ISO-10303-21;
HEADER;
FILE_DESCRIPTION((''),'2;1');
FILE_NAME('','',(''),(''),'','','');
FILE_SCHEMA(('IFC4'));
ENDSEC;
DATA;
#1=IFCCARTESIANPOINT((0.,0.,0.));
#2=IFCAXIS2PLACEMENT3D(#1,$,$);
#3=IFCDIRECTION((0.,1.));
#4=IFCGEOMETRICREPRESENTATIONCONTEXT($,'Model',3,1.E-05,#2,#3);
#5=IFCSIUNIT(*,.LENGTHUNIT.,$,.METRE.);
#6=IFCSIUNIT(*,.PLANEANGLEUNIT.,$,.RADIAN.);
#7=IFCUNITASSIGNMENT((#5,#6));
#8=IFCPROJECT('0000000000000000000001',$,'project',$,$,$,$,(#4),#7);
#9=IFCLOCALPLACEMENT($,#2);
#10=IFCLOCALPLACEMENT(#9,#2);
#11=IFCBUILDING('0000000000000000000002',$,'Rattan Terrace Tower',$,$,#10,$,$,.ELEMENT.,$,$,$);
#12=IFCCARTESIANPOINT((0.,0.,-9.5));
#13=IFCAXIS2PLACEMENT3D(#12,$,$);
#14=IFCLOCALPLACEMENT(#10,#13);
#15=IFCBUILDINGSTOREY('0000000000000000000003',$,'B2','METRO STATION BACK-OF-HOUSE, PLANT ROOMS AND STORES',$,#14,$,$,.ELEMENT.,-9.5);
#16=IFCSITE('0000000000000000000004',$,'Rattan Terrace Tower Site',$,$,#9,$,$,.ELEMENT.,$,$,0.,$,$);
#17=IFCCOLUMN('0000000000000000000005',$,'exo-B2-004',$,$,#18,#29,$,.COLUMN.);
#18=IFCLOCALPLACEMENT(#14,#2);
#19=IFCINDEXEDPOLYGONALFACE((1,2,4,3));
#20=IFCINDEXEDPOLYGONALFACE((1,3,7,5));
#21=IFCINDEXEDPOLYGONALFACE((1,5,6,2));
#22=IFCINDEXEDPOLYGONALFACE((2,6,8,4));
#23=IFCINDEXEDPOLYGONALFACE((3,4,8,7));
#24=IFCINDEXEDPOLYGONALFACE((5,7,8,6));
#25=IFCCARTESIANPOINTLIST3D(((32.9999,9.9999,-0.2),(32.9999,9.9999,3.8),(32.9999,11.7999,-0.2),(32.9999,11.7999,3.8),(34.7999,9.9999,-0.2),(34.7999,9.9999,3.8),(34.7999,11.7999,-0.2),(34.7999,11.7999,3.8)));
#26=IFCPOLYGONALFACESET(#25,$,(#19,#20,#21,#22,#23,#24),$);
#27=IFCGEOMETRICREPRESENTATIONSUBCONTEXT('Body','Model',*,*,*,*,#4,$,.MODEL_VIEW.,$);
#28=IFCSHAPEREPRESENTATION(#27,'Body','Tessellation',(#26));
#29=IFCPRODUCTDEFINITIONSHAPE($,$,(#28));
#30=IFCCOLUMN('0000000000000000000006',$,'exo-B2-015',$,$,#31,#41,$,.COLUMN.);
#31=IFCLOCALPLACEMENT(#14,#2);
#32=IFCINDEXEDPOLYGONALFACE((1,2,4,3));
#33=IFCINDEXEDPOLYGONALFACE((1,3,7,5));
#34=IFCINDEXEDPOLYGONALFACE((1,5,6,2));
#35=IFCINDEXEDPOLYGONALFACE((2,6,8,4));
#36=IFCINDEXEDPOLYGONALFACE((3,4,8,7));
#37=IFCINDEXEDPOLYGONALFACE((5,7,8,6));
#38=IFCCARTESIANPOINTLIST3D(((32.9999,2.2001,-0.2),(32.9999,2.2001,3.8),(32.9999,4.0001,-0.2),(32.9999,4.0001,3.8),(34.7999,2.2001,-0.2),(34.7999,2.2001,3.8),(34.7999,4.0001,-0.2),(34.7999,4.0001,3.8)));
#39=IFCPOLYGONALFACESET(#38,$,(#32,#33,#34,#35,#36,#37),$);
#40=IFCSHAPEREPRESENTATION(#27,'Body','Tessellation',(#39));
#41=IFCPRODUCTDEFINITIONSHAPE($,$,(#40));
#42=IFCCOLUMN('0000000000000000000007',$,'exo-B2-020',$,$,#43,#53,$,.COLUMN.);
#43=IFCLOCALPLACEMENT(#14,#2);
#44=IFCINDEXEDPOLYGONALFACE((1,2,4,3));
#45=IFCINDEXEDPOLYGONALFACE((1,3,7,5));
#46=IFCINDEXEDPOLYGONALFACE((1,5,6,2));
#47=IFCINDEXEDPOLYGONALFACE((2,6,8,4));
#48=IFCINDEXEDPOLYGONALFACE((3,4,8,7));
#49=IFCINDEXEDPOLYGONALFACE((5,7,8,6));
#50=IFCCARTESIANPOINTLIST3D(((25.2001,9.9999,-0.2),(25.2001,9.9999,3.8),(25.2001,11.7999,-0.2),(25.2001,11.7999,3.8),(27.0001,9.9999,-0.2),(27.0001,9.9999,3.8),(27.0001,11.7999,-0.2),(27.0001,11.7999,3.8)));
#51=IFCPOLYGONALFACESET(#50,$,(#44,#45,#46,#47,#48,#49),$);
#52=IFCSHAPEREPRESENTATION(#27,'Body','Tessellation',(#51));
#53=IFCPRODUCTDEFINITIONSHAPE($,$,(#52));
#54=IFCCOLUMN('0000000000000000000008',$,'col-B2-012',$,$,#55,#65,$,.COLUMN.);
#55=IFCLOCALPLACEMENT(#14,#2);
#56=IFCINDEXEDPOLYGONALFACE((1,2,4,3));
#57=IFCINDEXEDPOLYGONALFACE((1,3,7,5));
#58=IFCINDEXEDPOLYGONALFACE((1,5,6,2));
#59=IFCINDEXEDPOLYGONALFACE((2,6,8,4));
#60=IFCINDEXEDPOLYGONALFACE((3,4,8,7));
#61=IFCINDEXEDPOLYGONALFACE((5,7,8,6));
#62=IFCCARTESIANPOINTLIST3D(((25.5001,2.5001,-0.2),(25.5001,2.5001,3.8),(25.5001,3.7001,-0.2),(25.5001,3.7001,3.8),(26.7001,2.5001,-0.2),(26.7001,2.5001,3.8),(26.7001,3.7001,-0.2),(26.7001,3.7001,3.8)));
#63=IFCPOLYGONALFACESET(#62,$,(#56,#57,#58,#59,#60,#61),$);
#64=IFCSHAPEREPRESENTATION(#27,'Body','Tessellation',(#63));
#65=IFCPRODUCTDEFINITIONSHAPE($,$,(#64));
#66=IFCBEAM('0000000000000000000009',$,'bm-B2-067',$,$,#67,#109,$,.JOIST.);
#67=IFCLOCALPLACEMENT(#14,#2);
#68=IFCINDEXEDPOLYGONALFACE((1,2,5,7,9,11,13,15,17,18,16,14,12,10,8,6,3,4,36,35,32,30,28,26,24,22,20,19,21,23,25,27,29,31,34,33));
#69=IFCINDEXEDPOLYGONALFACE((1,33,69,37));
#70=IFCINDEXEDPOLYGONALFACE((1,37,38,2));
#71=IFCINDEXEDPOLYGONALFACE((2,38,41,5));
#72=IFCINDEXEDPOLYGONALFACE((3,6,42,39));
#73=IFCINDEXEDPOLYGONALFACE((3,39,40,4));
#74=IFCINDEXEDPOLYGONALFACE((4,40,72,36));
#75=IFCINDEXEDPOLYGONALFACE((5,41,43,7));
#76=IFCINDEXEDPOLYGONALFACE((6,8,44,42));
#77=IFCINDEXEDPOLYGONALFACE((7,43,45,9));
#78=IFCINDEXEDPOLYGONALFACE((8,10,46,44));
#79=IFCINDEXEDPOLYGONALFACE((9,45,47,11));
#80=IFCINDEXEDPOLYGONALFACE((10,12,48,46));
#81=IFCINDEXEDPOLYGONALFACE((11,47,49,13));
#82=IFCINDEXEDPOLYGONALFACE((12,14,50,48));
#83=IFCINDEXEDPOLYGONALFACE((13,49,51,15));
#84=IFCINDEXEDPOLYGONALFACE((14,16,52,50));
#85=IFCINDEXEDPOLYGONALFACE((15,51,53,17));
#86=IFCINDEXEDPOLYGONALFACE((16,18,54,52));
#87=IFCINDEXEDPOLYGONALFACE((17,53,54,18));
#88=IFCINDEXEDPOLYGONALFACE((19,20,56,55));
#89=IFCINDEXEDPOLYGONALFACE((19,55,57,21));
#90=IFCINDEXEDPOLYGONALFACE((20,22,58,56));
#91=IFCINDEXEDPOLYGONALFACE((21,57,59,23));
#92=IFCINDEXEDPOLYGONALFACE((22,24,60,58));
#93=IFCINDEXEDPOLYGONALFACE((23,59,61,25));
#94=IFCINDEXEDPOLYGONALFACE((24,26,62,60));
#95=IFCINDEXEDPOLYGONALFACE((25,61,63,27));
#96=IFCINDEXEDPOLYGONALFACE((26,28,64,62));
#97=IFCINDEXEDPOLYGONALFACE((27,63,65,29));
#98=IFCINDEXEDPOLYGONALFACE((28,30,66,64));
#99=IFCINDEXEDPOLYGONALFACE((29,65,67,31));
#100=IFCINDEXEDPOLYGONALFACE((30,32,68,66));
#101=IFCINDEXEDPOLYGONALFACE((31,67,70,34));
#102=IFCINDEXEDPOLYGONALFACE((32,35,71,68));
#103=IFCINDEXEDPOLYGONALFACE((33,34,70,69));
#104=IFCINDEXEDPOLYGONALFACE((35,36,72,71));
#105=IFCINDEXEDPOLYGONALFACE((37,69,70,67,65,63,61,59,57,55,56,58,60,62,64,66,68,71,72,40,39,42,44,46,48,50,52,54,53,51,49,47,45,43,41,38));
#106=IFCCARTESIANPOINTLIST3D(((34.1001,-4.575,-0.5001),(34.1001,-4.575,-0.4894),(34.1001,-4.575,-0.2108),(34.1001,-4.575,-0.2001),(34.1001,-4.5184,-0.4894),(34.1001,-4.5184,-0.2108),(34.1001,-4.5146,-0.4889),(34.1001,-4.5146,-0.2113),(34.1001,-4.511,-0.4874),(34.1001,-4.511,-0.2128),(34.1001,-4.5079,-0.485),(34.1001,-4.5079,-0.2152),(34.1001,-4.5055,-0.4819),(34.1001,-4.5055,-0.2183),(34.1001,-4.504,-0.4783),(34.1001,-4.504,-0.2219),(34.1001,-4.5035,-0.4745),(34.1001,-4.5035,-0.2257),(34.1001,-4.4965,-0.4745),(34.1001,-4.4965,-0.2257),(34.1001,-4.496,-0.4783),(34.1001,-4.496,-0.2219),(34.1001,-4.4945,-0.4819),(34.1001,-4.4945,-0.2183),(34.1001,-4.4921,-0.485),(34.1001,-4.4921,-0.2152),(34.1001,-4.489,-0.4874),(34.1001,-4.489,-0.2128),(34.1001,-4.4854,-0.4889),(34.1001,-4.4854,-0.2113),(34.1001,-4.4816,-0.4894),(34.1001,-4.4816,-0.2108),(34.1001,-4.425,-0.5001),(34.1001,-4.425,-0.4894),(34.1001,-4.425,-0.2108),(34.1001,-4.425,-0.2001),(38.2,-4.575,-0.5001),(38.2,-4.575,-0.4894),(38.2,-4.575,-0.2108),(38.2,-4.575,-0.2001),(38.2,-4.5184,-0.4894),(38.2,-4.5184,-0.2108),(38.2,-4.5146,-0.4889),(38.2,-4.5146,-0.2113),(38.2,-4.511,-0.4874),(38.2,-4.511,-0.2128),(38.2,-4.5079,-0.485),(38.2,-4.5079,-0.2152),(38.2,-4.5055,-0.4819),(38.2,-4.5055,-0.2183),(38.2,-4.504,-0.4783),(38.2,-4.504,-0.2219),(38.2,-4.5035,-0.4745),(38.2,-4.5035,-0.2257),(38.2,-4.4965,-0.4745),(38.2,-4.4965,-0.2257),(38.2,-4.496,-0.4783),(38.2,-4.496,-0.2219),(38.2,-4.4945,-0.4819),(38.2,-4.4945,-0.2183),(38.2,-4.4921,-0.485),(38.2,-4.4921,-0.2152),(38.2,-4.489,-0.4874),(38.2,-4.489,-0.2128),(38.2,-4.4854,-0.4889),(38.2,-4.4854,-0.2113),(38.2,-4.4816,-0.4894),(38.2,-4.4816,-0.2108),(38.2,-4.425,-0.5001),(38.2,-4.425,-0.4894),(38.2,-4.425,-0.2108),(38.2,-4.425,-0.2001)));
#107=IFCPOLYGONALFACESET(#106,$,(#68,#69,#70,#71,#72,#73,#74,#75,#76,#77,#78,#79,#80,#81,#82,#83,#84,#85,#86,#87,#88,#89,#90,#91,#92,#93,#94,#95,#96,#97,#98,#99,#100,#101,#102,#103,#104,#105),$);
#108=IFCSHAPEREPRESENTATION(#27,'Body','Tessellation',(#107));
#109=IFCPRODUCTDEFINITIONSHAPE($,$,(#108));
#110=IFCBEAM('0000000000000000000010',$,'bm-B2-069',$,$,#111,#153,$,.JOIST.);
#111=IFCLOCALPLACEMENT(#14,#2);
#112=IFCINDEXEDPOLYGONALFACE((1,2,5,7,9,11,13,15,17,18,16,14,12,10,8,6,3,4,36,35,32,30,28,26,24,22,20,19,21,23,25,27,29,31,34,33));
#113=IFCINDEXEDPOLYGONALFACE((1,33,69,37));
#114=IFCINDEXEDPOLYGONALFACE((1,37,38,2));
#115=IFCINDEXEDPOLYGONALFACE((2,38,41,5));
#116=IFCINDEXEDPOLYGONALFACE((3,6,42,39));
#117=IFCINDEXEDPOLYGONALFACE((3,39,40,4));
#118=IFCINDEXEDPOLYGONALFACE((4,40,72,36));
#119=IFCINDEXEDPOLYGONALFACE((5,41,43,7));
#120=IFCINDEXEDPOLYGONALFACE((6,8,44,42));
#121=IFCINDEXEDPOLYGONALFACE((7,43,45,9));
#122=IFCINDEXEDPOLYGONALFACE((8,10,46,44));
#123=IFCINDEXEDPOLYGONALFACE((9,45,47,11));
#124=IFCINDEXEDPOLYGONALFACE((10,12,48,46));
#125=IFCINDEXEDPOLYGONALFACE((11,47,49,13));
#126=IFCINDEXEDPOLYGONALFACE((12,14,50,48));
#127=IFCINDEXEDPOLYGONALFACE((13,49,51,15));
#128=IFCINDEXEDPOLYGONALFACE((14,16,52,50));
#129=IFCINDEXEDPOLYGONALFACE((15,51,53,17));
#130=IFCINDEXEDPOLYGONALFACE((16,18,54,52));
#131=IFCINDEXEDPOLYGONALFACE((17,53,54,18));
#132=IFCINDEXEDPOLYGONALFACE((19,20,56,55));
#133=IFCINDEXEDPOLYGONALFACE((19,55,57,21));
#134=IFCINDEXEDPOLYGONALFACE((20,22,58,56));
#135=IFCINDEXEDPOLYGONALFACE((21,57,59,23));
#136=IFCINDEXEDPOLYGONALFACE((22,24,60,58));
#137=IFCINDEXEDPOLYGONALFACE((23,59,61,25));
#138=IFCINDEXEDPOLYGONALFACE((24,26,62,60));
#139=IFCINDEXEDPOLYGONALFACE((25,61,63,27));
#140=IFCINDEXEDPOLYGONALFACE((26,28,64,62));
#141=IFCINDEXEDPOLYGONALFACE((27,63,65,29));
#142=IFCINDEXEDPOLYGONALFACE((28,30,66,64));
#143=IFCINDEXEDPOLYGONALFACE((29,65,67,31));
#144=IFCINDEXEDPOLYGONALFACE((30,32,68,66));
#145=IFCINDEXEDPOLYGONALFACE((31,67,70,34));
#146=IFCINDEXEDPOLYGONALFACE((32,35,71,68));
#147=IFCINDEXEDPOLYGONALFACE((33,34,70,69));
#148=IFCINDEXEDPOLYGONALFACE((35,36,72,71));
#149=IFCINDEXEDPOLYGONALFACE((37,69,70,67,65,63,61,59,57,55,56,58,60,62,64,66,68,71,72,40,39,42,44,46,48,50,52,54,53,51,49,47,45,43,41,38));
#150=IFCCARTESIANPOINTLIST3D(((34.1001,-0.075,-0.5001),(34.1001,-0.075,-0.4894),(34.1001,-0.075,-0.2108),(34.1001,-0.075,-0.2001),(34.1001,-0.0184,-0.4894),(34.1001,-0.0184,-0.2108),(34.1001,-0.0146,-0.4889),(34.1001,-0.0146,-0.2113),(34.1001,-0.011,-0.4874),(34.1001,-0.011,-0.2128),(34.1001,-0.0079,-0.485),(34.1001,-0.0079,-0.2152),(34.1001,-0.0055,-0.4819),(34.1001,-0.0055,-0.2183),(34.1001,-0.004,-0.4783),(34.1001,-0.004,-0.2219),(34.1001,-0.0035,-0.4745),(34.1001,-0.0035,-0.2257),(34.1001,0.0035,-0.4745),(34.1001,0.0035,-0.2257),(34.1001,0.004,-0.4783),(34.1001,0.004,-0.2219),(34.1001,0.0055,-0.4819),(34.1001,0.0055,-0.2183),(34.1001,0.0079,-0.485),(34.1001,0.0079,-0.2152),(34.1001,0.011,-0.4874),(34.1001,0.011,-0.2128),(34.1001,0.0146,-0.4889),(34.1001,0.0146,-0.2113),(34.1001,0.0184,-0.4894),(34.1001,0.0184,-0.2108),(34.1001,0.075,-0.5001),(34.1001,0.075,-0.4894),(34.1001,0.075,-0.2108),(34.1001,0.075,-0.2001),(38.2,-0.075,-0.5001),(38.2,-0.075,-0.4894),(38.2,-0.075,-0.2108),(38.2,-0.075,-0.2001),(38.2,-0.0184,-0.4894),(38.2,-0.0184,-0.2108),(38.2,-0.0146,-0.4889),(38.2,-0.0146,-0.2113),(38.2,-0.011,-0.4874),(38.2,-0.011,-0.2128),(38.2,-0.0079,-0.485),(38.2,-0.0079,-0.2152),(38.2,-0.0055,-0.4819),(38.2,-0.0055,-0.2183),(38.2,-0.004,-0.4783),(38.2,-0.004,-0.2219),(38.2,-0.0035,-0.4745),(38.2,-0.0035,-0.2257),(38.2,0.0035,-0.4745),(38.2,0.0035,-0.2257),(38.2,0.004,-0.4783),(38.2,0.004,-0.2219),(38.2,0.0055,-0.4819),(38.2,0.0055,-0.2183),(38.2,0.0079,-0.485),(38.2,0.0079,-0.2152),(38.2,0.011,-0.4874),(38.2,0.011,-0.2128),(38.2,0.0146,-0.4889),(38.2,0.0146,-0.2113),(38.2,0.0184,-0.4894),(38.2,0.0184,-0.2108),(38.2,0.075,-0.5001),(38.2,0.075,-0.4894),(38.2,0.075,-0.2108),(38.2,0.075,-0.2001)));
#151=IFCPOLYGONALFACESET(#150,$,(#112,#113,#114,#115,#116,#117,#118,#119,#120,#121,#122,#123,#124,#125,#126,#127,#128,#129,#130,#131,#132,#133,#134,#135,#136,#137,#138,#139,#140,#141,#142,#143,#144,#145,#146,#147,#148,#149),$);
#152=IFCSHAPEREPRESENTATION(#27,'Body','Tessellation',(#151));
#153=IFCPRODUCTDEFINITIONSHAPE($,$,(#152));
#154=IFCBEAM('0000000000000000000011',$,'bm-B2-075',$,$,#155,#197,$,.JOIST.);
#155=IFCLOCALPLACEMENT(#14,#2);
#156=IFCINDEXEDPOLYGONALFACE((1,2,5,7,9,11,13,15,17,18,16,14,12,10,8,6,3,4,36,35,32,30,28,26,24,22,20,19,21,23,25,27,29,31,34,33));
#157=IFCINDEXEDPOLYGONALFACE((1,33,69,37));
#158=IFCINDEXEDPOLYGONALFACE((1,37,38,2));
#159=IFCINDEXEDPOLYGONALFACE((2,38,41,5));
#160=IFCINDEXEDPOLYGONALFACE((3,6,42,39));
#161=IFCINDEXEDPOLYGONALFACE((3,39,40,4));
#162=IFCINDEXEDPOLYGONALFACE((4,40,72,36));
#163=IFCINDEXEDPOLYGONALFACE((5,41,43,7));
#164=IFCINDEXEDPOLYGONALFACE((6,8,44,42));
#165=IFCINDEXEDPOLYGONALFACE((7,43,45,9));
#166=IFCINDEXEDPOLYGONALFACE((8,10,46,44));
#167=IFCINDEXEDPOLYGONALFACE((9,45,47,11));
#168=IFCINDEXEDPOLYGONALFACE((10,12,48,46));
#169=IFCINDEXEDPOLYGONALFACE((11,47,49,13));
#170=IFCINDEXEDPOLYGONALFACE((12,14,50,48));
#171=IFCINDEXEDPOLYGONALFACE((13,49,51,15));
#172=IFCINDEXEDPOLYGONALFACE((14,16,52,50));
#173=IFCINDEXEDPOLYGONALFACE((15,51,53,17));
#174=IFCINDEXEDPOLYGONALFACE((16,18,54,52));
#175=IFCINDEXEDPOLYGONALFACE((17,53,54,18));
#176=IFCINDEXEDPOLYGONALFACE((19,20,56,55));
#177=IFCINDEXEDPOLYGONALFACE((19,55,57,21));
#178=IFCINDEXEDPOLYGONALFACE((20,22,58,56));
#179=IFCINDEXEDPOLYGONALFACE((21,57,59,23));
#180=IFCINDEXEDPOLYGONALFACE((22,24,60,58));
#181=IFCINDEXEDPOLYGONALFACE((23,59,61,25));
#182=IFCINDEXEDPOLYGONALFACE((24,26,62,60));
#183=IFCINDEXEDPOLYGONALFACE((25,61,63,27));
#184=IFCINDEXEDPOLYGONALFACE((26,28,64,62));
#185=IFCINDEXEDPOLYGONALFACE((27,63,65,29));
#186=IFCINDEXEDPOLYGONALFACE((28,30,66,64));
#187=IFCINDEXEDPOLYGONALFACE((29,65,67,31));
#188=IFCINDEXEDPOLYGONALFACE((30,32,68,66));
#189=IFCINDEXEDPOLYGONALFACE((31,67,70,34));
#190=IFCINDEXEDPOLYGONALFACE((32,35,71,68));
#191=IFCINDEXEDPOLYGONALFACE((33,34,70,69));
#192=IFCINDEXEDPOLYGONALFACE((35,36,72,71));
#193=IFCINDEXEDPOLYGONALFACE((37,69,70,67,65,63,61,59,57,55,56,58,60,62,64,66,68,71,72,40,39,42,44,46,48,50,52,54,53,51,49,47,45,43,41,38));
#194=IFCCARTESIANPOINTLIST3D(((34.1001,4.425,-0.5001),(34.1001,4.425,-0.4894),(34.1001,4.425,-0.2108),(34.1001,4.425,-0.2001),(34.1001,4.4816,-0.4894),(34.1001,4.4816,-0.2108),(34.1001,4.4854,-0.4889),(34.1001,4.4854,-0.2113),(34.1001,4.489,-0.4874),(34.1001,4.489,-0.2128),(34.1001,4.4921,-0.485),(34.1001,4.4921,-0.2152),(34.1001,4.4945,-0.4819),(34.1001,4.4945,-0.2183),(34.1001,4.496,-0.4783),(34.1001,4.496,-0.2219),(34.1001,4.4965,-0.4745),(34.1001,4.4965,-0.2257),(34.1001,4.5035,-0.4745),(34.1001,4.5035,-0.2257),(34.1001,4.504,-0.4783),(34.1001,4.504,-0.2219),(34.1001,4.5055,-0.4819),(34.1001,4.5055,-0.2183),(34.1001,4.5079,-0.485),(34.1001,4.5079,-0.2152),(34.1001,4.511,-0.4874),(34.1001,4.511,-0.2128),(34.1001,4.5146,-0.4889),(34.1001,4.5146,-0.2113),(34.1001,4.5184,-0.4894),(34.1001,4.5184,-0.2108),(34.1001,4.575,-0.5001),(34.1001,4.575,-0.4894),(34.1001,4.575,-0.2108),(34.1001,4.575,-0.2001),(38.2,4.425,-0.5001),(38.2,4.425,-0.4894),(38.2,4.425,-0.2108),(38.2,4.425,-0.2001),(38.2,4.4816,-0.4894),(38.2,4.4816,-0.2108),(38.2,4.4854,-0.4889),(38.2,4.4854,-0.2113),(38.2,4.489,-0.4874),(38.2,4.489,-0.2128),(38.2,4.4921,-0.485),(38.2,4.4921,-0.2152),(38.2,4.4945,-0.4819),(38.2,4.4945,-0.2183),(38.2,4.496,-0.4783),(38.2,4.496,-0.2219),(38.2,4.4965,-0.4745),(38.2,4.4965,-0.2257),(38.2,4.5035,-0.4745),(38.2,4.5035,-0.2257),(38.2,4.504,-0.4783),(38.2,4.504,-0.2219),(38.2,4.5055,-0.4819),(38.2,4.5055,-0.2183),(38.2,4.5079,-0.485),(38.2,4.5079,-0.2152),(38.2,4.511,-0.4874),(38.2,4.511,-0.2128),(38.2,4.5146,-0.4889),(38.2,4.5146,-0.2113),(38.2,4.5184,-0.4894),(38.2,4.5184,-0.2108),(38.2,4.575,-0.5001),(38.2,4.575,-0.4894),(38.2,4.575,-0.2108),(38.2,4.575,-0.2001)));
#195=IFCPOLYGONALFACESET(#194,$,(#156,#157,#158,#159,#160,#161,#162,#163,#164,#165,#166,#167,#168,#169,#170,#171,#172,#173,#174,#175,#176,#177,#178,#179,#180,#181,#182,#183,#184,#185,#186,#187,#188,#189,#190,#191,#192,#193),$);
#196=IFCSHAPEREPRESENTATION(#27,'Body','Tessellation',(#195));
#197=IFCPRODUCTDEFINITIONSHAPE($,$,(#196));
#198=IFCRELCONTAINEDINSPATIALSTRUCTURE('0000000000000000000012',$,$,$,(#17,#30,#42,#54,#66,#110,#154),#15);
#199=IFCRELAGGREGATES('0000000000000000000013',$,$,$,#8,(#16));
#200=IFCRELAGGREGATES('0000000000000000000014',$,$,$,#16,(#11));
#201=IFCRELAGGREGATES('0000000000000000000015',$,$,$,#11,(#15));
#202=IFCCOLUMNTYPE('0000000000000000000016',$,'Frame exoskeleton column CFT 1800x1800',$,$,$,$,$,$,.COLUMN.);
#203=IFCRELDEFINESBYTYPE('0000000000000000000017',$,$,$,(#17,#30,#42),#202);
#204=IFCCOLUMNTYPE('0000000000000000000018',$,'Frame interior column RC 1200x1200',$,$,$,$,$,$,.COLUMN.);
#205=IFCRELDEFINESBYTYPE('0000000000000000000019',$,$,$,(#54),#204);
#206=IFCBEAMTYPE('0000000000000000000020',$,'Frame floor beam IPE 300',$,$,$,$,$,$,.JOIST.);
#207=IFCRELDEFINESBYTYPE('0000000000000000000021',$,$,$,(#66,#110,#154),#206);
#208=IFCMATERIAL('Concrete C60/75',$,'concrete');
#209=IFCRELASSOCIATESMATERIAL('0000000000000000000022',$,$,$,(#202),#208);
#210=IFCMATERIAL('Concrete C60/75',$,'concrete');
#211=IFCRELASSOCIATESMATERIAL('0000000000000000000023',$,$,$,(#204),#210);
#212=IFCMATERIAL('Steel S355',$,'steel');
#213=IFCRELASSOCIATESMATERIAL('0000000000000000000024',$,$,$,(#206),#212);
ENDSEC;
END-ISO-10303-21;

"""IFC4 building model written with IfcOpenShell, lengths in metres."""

from ifc_helpers import new_model, si_unit, direction, frame, origin, origin_2d, place, context, subcontext, project, spatial, rectangle, i_section, extrude, material, material_profile, profile_set, type_object, element, save


model = new_model("IFC4")

# Units and contexts
model_context = context("Model", 3, precision=1e-05, world=origin(), true_north=direction((0.0, 1.0)))
body_context = subcontext(model_context, "Body", "Model", "MODEL_VIEW")
ifc_project = project(units=[si_unit("LENGTHUNIT", "METRE"), si_unit("PLANEANGLEUNIT", "RADIAN")], contexts=[model_context])

# Site, building, storey
site_placement = place(None, origin())
site = spatial("IfcSite", under=ifc_project, at=site_placement, Name="Rattan Terrace Tower Site", CompositionType="ELEMENT", RefElevation=0.0)
building_placement = place(site_placement, origin())
building = spatial("IfcBuilding", under=site, at=building_placement, Name="Rattan Terrace Tower", CompositionType="ELEMENT")
storey_placement = place(building_placement, frame((0.0, 0.0, -9.5)))
storey = spatial("IfcBuildingStorey", under=building, at=storey_placement, Name="B2", Description="METRO STATION BACK-OF-HOUSE, PLANT ROOMS AND STORES", CompositionType="ELEMENT", Elevation=-9.5)

# Columns
ifc_material_1 = material(Name="Concrete C60/75", Category="concrete")
ifc_material_profile_1 = material_profile(ifc_material_1, rectangle(XDim=1.8, YDim=1.8, at=origin_2d()), Name="CFT 1800x1800")
ifc_profile_set_1 = profile_set([ifc_material_profile_1], Name="Concrete C60/75")
column_type_1 = type_object("IfcColumnType", Name="Frame exoskeleton column CFT 1800x1800", PredefinedType="COLUMN", material=ifc_profile_set_1)
for number, where, z_axis, x_axis, name in (
    (1, (33.8999, 10.8999, -0.2), (0.0, 0.0, 1.0), (1.0, 0.0, 0.0), "exo-B2-004"),
    (2, (33.8999, 3.1001, -0.2), (0.0, 0.0, 1.0), (0.0, 1.0, 0.0), "exo-B2-015"),
    (3, (26.1001, 10.8999, -0.2), (0.0, 0.0, 1.0), (1.0, 0.0, 0.0), "exo-B2-020"),
):
    element("IfcColumn", number, at=place(storey_placement, frame(where, z_axis=z_axis, x_axis=x_axis)), inside=storey, type_object=column_type_1, Name=name, PredefinedType="COLUMN", context=body_context, shape_type="SweptSolid", body=[
        extrude(rectangle(XDim=1.8, YDim=1.8, at=origin_2d()), origin(), (0.0, 0.0, 1.0), 4.0),
    ])
ifc_material_2 = material(Name="Concrete C60/75", Category="concrete")
ifc_material_profile_2 = material_profile(ifc_material_2, rectangle(XDim=1.2, YDim=1.2, at=origin_2d()), Name="RC 1200x1200")
ifc_profile_set_2 = profile_set([ifc_material_profile_2], Name="Concrete C60/75")
column_type_2 = type_object("IfcColumnType", Name="Frame interior column RC 1200x1200", PredefinedType="COLUMN", material=ifc_profile_set_2)
column_placement = place(storey_placement, frame((26.1001, 3.1001, -0.2), z_axis=(0.0, 0.0, 1.0), x_axis=(1.0, 0.0, 0.0)))
element("IfcColumn", 4, at=column_placement, inside=storey, type_object=column_type_2, Name="col-B2-012", PredefinedType="COLUMN", context=body_context, shape_type="SweptSolid", body=[
    extrude(rectangle(XDim=1.2, YDim=1.2, at=origin_2d()), origin(), (0.0, 0.0, 1.0), 4.0),
])

# Beams
ifc_material_3 = material(Name="Steel S355", Category="steel")
ifc_material_profile_3 = material_profile(ifc_material_3, i_section(OverallWidth=0.1499, OverallDepth=0.3, WebThickness=0.0071, FlangeThickness=0.0107, FilletRadius=0.0149, at=origin_2d()), Name="IPE 300")
ifc_profile_set_3 = profile_set([ifc_material_profile_3], Name="Steel S355")
beam_type_1 = type_object("IfcBeamType", Name="Frame floor beam IPE 300", PredefinedType="JOIST", material=ifc_profile_set_3)
for number, where, z_axis, x_axis, name in (
    (5, (34.1001, -4.5, -0.3501), (1.0, 0.0, 0.0), (0.0, 1.0, 0.0), "bm-B2-067"),
    (6, (34.1001, 0.0, -0.3501), (1.0, 0.0, 0.0), (0.0, 1.0, 0.0), "bm-B2-069"),
    (7, (34.1001, 4.5, -0.3501), (1.0, 0.0, 0.0), (0.0, 1.0, 0.0), "bm-B2-075"),
):
    element("IfcBeam", number, at=place(storey_placement, frame(where, z_axis=z_axis, x_axis=x_axis)), inside=storey, type_object=beam_type_1, Name=name, PredefinedType="JOIST", context=body_context, shape_type="SweptSolid", body=[
        extrude(i_section(OverallWidth=0.1499, OverallDepth=0.3, WebThickness=0.0071, FlangeThickness=0.0107, FilletRadius=0.0149, at=origin_2d()), origin(), (0.0, 0.0, 1.0), 4.0999),
    ])

save(model, "model.ifc")
